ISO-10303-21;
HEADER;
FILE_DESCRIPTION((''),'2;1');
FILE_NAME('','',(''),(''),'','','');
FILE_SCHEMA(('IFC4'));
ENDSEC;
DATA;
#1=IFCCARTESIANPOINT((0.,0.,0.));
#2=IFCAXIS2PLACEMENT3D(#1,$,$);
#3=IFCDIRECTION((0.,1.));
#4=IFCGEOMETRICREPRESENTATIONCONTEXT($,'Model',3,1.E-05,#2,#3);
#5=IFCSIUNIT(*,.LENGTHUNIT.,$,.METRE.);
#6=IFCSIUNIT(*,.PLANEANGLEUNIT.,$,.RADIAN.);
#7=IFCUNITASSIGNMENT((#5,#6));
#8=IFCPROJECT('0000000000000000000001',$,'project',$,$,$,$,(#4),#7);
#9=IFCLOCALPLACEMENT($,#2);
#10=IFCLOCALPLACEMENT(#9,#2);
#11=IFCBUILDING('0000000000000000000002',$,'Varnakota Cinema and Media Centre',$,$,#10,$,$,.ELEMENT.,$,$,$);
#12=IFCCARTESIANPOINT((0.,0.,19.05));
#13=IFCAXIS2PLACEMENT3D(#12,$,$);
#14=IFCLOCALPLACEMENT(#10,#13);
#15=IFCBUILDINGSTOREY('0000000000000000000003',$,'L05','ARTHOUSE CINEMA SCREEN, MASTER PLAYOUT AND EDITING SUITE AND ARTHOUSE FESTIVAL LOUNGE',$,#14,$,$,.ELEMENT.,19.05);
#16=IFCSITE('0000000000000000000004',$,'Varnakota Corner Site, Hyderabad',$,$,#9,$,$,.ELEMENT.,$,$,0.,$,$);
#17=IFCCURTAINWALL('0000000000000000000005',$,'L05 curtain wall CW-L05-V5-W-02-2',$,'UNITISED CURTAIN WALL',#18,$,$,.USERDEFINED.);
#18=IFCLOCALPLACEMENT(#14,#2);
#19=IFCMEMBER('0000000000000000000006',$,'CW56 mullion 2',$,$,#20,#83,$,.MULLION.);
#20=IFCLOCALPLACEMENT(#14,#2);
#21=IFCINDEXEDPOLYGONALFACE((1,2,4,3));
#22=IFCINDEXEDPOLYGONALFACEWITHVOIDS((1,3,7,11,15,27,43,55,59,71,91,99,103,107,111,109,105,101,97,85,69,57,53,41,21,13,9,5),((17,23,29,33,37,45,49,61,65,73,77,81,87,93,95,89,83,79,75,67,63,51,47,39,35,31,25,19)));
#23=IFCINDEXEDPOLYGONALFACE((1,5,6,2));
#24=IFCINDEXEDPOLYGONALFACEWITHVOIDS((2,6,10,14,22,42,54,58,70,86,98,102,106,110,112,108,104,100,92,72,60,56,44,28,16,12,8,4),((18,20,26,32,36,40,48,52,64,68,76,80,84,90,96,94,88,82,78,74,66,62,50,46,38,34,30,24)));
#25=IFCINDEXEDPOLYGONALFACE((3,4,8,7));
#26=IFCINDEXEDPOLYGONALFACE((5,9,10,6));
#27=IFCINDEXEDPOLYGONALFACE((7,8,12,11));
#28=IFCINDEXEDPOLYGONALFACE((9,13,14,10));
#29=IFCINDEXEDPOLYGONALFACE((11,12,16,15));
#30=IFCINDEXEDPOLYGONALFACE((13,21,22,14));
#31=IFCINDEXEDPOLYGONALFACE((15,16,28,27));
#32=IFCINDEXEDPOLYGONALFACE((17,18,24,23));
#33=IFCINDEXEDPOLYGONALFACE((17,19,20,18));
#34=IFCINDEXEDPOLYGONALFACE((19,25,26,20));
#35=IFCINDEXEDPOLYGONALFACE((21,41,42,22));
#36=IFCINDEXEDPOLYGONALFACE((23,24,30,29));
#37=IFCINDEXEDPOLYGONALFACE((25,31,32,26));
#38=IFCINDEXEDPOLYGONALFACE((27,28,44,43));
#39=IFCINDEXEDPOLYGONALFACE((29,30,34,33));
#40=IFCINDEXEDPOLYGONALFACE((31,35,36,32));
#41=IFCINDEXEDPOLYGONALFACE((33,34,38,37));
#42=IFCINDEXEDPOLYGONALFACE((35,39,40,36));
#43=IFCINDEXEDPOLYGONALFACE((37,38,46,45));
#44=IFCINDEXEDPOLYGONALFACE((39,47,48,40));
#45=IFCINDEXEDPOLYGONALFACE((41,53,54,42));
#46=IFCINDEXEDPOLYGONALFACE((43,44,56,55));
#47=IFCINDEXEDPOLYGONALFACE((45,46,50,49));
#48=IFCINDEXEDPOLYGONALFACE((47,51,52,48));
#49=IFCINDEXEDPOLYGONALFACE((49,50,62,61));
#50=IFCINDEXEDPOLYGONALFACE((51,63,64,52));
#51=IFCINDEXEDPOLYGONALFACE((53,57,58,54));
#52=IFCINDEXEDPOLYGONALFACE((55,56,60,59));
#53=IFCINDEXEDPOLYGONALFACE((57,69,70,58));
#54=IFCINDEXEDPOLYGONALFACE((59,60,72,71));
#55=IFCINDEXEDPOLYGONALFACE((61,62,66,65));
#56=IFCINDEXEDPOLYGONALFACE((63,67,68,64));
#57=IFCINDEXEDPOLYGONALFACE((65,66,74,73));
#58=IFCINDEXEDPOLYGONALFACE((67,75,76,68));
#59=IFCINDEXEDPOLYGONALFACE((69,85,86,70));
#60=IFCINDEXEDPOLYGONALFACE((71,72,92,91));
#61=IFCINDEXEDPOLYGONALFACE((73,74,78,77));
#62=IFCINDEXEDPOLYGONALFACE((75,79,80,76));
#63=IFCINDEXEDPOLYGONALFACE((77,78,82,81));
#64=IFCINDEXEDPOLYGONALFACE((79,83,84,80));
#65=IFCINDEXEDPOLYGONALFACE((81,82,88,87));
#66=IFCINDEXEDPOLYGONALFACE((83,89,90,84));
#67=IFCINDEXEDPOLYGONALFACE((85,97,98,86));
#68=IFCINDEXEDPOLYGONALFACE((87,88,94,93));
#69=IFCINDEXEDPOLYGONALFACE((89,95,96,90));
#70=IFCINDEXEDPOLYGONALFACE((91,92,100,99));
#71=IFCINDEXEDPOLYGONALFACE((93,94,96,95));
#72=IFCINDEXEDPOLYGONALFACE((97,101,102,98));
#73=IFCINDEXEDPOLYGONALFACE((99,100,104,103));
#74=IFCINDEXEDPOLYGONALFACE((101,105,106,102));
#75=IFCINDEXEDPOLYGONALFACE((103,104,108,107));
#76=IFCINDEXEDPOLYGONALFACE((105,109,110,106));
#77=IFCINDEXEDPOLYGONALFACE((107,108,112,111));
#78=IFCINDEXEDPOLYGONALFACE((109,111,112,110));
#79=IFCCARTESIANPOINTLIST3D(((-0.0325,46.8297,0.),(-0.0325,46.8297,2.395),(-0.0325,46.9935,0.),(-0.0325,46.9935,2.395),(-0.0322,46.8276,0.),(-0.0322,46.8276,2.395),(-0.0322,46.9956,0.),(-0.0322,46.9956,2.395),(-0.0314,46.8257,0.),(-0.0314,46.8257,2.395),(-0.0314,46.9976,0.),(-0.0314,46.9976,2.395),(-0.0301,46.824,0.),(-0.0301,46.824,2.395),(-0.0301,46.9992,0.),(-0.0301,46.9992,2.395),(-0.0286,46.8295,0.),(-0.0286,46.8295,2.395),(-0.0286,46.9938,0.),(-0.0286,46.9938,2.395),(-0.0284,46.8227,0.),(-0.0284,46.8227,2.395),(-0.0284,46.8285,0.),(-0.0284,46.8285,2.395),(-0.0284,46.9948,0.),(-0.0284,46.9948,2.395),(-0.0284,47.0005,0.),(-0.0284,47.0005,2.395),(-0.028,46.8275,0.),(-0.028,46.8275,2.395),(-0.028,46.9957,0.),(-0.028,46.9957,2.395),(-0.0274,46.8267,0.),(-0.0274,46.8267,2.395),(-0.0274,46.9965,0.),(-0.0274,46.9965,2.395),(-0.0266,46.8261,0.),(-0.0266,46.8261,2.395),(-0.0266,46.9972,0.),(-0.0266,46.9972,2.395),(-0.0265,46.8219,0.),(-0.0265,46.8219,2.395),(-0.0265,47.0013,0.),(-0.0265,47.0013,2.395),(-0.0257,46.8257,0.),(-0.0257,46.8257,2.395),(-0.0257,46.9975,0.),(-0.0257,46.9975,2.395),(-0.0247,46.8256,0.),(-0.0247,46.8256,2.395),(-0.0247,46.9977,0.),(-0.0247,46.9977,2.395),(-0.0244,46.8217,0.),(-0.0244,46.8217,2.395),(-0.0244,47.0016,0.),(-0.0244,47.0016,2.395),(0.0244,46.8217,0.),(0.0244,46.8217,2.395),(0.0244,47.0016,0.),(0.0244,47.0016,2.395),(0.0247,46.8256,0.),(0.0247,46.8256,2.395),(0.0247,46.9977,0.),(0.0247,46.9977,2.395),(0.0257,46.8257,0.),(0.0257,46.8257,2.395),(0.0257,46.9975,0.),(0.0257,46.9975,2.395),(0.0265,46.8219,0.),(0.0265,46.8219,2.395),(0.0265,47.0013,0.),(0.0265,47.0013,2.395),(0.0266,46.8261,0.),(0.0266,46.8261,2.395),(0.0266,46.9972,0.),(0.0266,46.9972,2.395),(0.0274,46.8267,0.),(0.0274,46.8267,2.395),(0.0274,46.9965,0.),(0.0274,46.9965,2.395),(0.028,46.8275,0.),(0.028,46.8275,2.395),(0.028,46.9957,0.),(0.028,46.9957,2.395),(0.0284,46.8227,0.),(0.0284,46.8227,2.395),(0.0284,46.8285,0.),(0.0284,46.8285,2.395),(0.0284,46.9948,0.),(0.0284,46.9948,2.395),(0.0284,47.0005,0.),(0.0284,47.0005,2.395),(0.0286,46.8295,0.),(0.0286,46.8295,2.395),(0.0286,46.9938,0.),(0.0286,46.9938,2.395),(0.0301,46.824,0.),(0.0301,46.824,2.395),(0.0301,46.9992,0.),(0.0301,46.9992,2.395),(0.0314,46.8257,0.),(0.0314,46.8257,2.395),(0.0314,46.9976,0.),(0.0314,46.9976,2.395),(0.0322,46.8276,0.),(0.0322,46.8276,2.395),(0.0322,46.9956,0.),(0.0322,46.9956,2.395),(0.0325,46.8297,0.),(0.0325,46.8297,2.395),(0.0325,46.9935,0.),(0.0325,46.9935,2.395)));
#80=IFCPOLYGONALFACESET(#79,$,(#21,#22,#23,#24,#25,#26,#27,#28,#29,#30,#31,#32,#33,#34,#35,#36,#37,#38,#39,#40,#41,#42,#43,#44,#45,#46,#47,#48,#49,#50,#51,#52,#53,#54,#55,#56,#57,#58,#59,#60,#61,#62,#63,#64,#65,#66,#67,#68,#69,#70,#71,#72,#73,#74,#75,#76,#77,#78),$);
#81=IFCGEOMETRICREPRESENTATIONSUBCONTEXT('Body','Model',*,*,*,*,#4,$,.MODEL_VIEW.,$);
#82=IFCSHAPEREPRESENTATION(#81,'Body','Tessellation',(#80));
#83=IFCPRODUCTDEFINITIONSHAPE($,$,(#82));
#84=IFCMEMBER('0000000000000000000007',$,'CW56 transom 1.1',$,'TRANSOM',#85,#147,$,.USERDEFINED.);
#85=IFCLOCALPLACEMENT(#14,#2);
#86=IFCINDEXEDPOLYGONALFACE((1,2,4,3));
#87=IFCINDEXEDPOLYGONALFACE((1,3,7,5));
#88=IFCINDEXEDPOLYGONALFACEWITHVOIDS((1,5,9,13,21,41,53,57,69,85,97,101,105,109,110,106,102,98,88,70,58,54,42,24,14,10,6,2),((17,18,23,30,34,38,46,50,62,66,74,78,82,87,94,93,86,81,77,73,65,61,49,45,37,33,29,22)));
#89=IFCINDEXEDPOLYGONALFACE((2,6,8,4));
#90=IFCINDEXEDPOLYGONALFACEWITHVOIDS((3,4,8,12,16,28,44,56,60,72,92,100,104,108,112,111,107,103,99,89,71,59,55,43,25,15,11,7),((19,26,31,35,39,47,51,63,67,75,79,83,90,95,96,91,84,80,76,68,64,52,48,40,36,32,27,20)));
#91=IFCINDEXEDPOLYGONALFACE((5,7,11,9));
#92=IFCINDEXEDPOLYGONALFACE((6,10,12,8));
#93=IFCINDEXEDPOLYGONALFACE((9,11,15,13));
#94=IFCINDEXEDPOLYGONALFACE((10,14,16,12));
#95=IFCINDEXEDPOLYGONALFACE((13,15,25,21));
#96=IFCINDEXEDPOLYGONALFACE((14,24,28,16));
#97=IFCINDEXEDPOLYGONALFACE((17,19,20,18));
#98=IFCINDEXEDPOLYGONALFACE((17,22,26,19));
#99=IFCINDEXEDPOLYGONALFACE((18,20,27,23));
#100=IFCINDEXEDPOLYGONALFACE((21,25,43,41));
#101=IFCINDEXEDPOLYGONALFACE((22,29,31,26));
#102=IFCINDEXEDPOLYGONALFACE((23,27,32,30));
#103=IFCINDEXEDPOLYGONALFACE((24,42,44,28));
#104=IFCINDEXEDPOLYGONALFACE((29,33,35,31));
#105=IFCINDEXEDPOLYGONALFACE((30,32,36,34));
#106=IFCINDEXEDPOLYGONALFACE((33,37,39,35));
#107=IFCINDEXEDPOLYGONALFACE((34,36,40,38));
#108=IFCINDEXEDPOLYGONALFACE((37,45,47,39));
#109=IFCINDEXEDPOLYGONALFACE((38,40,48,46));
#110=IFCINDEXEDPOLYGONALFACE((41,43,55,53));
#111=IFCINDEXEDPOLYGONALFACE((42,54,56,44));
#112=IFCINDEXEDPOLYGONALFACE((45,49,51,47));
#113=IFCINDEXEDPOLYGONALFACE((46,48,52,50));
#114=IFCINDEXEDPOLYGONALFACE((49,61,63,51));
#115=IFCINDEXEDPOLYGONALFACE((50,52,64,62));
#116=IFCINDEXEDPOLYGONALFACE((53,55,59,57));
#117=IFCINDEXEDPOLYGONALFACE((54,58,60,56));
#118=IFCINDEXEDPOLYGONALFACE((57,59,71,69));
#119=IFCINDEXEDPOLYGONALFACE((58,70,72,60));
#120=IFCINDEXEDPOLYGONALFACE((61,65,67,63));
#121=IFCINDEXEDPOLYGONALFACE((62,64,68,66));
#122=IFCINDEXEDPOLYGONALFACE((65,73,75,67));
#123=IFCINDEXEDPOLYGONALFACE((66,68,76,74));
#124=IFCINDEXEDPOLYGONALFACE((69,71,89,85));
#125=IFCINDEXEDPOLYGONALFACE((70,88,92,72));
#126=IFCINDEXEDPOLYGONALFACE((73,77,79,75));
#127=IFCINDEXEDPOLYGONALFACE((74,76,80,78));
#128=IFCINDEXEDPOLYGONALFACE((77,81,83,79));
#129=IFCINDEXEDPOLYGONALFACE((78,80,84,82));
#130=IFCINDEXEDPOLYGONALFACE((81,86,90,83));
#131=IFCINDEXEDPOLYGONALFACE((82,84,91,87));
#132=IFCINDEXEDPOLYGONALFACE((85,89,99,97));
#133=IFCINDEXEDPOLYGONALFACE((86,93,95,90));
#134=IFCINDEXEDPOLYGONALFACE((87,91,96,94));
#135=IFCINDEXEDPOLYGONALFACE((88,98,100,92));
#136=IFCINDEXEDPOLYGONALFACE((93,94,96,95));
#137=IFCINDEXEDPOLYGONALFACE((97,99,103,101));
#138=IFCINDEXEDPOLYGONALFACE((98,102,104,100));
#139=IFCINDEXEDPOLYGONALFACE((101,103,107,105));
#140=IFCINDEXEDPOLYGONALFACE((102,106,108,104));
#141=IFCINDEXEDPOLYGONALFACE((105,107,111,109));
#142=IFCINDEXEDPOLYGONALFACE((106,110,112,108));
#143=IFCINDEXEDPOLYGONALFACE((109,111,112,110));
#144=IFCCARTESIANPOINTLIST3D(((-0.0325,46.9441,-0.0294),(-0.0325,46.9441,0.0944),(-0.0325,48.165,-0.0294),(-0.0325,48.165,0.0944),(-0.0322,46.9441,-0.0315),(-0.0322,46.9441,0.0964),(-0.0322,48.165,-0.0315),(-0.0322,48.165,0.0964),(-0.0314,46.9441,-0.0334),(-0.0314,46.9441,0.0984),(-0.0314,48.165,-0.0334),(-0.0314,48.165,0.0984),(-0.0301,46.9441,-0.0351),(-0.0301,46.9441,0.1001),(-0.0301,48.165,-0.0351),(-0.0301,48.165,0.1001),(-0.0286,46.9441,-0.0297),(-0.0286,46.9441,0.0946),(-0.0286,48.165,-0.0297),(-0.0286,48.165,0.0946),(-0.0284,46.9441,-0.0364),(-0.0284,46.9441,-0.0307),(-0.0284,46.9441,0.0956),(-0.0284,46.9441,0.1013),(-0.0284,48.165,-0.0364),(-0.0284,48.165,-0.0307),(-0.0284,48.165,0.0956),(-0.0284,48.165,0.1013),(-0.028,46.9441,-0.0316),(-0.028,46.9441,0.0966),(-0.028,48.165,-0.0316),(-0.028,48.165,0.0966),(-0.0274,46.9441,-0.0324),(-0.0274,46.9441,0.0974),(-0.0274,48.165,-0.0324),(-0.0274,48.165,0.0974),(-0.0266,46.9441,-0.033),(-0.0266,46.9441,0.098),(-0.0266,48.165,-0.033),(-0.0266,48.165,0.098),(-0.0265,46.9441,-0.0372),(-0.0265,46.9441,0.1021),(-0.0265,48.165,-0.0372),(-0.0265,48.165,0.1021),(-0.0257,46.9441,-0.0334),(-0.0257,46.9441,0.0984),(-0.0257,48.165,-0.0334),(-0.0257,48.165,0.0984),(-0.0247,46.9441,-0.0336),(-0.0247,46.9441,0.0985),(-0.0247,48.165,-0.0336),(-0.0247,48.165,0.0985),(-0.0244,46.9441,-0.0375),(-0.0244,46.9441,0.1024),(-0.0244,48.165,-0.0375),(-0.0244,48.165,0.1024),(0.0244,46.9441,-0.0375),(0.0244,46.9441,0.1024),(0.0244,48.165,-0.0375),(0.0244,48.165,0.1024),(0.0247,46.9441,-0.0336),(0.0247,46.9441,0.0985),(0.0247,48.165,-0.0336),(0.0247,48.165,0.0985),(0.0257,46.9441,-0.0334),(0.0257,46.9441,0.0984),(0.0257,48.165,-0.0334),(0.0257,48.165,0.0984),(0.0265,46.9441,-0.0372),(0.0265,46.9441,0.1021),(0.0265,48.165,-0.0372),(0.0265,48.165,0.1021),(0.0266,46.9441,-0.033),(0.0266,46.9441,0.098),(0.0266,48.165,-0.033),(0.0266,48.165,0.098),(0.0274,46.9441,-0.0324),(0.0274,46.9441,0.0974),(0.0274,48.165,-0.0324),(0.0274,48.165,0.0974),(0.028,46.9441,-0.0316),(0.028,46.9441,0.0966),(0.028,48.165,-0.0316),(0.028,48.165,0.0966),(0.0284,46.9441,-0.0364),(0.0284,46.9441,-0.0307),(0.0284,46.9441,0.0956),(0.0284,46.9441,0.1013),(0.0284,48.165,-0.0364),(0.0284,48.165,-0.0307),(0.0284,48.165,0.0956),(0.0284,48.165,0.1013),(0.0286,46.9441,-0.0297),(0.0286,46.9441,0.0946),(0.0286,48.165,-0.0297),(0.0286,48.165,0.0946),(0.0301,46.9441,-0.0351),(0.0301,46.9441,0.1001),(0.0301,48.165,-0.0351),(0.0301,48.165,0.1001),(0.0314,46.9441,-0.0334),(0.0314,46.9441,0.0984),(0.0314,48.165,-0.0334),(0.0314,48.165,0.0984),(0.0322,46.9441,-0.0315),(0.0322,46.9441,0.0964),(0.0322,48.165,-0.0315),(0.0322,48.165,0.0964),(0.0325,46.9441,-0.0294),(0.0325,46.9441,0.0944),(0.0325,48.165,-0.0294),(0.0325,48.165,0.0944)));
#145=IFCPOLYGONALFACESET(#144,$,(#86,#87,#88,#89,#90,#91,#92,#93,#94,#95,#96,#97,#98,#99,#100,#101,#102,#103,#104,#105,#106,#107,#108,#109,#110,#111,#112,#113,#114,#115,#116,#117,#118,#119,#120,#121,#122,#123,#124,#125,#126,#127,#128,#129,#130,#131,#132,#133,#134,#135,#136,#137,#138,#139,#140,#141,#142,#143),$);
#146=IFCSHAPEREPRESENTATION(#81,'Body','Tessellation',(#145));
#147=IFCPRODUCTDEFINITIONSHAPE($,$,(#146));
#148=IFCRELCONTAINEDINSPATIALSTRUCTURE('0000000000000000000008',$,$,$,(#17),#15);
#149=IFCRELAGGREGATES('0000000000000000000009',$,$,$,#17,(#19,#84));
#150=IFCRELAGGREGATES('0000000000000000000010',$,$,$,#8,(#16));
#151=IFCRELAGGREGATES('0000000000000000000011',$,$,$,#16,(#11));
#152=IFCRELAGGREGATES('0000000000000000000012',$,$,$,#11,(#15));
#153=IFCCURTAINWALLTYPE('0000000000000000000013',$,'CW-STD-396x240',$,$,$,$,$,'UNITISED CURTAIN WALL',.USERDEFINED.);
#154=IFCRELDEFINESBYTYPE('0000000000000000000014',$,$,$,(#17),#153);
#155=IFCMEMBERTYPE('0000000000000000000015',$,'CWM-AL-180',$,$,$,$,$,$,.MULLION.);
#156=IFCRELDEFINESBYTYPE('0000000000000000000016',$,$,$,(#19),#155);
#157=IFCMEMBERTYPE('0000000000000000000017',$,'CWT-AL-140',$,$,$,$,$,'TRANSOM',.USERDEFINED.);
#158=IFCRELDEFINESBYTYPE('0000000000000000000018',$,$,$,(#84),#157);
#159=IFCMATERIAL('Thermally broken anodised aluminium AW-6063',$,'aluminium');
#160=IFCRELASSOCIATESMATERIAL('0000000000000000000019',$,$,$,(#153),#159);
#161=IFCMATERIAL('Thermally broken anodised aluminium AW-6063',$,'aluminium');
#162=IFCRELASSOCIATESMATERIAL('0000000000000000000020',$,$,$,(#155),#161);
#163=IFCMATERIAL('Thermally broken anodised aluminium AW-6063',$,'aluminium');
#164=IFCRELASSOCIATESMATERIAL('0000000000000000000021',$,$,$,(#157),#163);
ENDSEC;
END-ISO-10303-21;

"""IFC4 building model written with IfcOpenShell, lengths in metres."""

from ifc_helpers import new_model, si_unit, direction, frame, origin, origin_2d, place, context, subcontext, project, spatial, hollow_rectangle, extrude, material, material_profile, profile_set, type_object, element, aggregate, save


model = new_model("IFC4")

# Units and contexts
model_context = context("Model", 3, precision=1e-05, world=origin(), true_north=direction((0.0, 1.0)))
body_context = subcontext(model_context, "Body", "Model", "MODEL_VIEW")
ifc_project = project(units=[si_unit("LENGTHUNIT", "METRE"), si_unit("PLANEANGLEUNIT", "RADIAN")], contexts=[model_context])

# Site, building, storey
site_placement = place(None, origin())
site = spatial("IfcSite", under=ifc_project, at=site_placement, Name="Varnakota Corner Site, Hyderabad", CompositionType="ELEMENT", RefElevation=0.0)
building_placement = place(site_placement, origin())
building = spatial("IfcBuilding", under=site, at=building_placement, Name="Varnakota Cinema and Media Centre", CompositionType="ELEMENT")
storey_placement = place(building_placement, frame((0.0, 0.0, 19.05)))
storey = spatial("IfcBuildingStorey", under=building, at=storey_placement, Name="L05", Description="ARTHOUSE CINEMA SCREEN, MASTER PLAYOUT AND EDITING SUITE AND ARTHOUSE FESTIVAL LOUNGE", CompositionType="ELEMENT", Elevation=19.05)

# Shared definitions
ifc_material_1 = material(Name="Thermally broken anodised aluminium AW-6063", Category="aluminium")
curtain_wall_type = type_object("IfcCurtainWallType", Name="CW-STD-396x240", ElementType="UNITISED CURTAIN WALL", PredefinedType="USERDEFINED", material=ifc_material_1)
ifc_material_2 = material(Name="Thermally broken anodised aluminium AW-6063", Category="aluminium")
ifc_material_profile_1 = material_profile(ifc_material_2, hollow_rectangle(XDim=0.0649, YDim=0.1799, WallThickness=0.0039, InnerFilletRadius=0.0039, OuterFilletRadius=0.0081, at=origin_2d()), Name="AL-MULLION 180x65x4")
ifc_profile_set_1 = profile_set([ifc_material_profile_1], Name="Thermally broken anodised aluminium AW-6063")
member_type_1 = type_object("IfcMemberType", Name="CWM-AL-180", PredefinedType="MULLION", material=ifc_profile_set_1)

# Curtain wall, members
curtain_wall_1_placement = place(storey_placement, origin())
curtain_wall_1 = element("IfcCurtainWall", 1, at=curtain_wall_1_placement, inside=storey, type_object=curtain_wall_type, Name="L05 curtain wall CW-L05-V5-W-02-2", ObjectType="UNITISED CURTAIN WALL", PredefinedType="USERDEFINED")
member_1_placement = place(storey_placement, frame((0.0, 46.9116, 0.0), z_axis=(0.0, 0.0, 1.0), x_axis=(1.0, 0.0, 0.0)))
member_1 = element("IfcMember", 2, at=member_1_placement, type_object=member_type_1, Name="CW56 mullion 2", PredefinedType="MULLION", context=body_context, shape_type="SweptSolid", body=[
    extrude(hollow_rectangle(XDim=0.0649, YDim=0.1799, WallThickness=0.0039, InnerFilletRadius=0.0039, OuterFilletRadius=0.0081, at=origin_2d()), origin(), (0.0, 0.0, 1.0), 2.395),
])
ifc_material_3 = material(Name="Thermally broken anodised aluminium AW-6063", Category="aluminium")
ifc_material_profile_2 = material_profile(ifc_material_3, hollow_rectangle(XDim=0.0649, YDim=0.1399, WallThickness=0.0039, InnerFilletRadius=0.0039, OuterFilletRadius=0.0081, at=origin_2d()), Name="AL-TRANSOM 140x65x4")
ifc_profile_set_2 = profile_set([ifc_material_profile_2], Name="Thermally broken anodised aluminium AW-6063")
member_type_2 = type_object("IfcMemberType", Name="CWT-AL-140", ElementType="TRANSOM", PredefinedType="USERDEFINED", material=ifc_profile_set_2)
member_2_placement = place(storey_placement, frame((0.0, 48.165, 0.0325), z_axis=(0.0, -1.0, 0.0), x_axis=(1.0, 0.0, 0.0)))
member_2 = element("IfcMember", 3, at=member_2_placement, type_object=member_type_2, Name="CW56 transom 1.1", ObjectType="TRANSOM", PredefinedType="USERDEFINED", context=body_context, shape_type="SweptSolid", body=[
    extrude(hollow_rectangle(XDim=0.0649, YDim=0.1399, WallThickness=0.0039, InnerFilletRadius=0.0039, OuterFilletRadius=0.0081, at=origin_2d()), origin(), (0.0, 0.0, 1.0), 1.2209),
])

aggregate(curtain_wall_1, [member_1, member_2])

save(model, "model.ifc")
